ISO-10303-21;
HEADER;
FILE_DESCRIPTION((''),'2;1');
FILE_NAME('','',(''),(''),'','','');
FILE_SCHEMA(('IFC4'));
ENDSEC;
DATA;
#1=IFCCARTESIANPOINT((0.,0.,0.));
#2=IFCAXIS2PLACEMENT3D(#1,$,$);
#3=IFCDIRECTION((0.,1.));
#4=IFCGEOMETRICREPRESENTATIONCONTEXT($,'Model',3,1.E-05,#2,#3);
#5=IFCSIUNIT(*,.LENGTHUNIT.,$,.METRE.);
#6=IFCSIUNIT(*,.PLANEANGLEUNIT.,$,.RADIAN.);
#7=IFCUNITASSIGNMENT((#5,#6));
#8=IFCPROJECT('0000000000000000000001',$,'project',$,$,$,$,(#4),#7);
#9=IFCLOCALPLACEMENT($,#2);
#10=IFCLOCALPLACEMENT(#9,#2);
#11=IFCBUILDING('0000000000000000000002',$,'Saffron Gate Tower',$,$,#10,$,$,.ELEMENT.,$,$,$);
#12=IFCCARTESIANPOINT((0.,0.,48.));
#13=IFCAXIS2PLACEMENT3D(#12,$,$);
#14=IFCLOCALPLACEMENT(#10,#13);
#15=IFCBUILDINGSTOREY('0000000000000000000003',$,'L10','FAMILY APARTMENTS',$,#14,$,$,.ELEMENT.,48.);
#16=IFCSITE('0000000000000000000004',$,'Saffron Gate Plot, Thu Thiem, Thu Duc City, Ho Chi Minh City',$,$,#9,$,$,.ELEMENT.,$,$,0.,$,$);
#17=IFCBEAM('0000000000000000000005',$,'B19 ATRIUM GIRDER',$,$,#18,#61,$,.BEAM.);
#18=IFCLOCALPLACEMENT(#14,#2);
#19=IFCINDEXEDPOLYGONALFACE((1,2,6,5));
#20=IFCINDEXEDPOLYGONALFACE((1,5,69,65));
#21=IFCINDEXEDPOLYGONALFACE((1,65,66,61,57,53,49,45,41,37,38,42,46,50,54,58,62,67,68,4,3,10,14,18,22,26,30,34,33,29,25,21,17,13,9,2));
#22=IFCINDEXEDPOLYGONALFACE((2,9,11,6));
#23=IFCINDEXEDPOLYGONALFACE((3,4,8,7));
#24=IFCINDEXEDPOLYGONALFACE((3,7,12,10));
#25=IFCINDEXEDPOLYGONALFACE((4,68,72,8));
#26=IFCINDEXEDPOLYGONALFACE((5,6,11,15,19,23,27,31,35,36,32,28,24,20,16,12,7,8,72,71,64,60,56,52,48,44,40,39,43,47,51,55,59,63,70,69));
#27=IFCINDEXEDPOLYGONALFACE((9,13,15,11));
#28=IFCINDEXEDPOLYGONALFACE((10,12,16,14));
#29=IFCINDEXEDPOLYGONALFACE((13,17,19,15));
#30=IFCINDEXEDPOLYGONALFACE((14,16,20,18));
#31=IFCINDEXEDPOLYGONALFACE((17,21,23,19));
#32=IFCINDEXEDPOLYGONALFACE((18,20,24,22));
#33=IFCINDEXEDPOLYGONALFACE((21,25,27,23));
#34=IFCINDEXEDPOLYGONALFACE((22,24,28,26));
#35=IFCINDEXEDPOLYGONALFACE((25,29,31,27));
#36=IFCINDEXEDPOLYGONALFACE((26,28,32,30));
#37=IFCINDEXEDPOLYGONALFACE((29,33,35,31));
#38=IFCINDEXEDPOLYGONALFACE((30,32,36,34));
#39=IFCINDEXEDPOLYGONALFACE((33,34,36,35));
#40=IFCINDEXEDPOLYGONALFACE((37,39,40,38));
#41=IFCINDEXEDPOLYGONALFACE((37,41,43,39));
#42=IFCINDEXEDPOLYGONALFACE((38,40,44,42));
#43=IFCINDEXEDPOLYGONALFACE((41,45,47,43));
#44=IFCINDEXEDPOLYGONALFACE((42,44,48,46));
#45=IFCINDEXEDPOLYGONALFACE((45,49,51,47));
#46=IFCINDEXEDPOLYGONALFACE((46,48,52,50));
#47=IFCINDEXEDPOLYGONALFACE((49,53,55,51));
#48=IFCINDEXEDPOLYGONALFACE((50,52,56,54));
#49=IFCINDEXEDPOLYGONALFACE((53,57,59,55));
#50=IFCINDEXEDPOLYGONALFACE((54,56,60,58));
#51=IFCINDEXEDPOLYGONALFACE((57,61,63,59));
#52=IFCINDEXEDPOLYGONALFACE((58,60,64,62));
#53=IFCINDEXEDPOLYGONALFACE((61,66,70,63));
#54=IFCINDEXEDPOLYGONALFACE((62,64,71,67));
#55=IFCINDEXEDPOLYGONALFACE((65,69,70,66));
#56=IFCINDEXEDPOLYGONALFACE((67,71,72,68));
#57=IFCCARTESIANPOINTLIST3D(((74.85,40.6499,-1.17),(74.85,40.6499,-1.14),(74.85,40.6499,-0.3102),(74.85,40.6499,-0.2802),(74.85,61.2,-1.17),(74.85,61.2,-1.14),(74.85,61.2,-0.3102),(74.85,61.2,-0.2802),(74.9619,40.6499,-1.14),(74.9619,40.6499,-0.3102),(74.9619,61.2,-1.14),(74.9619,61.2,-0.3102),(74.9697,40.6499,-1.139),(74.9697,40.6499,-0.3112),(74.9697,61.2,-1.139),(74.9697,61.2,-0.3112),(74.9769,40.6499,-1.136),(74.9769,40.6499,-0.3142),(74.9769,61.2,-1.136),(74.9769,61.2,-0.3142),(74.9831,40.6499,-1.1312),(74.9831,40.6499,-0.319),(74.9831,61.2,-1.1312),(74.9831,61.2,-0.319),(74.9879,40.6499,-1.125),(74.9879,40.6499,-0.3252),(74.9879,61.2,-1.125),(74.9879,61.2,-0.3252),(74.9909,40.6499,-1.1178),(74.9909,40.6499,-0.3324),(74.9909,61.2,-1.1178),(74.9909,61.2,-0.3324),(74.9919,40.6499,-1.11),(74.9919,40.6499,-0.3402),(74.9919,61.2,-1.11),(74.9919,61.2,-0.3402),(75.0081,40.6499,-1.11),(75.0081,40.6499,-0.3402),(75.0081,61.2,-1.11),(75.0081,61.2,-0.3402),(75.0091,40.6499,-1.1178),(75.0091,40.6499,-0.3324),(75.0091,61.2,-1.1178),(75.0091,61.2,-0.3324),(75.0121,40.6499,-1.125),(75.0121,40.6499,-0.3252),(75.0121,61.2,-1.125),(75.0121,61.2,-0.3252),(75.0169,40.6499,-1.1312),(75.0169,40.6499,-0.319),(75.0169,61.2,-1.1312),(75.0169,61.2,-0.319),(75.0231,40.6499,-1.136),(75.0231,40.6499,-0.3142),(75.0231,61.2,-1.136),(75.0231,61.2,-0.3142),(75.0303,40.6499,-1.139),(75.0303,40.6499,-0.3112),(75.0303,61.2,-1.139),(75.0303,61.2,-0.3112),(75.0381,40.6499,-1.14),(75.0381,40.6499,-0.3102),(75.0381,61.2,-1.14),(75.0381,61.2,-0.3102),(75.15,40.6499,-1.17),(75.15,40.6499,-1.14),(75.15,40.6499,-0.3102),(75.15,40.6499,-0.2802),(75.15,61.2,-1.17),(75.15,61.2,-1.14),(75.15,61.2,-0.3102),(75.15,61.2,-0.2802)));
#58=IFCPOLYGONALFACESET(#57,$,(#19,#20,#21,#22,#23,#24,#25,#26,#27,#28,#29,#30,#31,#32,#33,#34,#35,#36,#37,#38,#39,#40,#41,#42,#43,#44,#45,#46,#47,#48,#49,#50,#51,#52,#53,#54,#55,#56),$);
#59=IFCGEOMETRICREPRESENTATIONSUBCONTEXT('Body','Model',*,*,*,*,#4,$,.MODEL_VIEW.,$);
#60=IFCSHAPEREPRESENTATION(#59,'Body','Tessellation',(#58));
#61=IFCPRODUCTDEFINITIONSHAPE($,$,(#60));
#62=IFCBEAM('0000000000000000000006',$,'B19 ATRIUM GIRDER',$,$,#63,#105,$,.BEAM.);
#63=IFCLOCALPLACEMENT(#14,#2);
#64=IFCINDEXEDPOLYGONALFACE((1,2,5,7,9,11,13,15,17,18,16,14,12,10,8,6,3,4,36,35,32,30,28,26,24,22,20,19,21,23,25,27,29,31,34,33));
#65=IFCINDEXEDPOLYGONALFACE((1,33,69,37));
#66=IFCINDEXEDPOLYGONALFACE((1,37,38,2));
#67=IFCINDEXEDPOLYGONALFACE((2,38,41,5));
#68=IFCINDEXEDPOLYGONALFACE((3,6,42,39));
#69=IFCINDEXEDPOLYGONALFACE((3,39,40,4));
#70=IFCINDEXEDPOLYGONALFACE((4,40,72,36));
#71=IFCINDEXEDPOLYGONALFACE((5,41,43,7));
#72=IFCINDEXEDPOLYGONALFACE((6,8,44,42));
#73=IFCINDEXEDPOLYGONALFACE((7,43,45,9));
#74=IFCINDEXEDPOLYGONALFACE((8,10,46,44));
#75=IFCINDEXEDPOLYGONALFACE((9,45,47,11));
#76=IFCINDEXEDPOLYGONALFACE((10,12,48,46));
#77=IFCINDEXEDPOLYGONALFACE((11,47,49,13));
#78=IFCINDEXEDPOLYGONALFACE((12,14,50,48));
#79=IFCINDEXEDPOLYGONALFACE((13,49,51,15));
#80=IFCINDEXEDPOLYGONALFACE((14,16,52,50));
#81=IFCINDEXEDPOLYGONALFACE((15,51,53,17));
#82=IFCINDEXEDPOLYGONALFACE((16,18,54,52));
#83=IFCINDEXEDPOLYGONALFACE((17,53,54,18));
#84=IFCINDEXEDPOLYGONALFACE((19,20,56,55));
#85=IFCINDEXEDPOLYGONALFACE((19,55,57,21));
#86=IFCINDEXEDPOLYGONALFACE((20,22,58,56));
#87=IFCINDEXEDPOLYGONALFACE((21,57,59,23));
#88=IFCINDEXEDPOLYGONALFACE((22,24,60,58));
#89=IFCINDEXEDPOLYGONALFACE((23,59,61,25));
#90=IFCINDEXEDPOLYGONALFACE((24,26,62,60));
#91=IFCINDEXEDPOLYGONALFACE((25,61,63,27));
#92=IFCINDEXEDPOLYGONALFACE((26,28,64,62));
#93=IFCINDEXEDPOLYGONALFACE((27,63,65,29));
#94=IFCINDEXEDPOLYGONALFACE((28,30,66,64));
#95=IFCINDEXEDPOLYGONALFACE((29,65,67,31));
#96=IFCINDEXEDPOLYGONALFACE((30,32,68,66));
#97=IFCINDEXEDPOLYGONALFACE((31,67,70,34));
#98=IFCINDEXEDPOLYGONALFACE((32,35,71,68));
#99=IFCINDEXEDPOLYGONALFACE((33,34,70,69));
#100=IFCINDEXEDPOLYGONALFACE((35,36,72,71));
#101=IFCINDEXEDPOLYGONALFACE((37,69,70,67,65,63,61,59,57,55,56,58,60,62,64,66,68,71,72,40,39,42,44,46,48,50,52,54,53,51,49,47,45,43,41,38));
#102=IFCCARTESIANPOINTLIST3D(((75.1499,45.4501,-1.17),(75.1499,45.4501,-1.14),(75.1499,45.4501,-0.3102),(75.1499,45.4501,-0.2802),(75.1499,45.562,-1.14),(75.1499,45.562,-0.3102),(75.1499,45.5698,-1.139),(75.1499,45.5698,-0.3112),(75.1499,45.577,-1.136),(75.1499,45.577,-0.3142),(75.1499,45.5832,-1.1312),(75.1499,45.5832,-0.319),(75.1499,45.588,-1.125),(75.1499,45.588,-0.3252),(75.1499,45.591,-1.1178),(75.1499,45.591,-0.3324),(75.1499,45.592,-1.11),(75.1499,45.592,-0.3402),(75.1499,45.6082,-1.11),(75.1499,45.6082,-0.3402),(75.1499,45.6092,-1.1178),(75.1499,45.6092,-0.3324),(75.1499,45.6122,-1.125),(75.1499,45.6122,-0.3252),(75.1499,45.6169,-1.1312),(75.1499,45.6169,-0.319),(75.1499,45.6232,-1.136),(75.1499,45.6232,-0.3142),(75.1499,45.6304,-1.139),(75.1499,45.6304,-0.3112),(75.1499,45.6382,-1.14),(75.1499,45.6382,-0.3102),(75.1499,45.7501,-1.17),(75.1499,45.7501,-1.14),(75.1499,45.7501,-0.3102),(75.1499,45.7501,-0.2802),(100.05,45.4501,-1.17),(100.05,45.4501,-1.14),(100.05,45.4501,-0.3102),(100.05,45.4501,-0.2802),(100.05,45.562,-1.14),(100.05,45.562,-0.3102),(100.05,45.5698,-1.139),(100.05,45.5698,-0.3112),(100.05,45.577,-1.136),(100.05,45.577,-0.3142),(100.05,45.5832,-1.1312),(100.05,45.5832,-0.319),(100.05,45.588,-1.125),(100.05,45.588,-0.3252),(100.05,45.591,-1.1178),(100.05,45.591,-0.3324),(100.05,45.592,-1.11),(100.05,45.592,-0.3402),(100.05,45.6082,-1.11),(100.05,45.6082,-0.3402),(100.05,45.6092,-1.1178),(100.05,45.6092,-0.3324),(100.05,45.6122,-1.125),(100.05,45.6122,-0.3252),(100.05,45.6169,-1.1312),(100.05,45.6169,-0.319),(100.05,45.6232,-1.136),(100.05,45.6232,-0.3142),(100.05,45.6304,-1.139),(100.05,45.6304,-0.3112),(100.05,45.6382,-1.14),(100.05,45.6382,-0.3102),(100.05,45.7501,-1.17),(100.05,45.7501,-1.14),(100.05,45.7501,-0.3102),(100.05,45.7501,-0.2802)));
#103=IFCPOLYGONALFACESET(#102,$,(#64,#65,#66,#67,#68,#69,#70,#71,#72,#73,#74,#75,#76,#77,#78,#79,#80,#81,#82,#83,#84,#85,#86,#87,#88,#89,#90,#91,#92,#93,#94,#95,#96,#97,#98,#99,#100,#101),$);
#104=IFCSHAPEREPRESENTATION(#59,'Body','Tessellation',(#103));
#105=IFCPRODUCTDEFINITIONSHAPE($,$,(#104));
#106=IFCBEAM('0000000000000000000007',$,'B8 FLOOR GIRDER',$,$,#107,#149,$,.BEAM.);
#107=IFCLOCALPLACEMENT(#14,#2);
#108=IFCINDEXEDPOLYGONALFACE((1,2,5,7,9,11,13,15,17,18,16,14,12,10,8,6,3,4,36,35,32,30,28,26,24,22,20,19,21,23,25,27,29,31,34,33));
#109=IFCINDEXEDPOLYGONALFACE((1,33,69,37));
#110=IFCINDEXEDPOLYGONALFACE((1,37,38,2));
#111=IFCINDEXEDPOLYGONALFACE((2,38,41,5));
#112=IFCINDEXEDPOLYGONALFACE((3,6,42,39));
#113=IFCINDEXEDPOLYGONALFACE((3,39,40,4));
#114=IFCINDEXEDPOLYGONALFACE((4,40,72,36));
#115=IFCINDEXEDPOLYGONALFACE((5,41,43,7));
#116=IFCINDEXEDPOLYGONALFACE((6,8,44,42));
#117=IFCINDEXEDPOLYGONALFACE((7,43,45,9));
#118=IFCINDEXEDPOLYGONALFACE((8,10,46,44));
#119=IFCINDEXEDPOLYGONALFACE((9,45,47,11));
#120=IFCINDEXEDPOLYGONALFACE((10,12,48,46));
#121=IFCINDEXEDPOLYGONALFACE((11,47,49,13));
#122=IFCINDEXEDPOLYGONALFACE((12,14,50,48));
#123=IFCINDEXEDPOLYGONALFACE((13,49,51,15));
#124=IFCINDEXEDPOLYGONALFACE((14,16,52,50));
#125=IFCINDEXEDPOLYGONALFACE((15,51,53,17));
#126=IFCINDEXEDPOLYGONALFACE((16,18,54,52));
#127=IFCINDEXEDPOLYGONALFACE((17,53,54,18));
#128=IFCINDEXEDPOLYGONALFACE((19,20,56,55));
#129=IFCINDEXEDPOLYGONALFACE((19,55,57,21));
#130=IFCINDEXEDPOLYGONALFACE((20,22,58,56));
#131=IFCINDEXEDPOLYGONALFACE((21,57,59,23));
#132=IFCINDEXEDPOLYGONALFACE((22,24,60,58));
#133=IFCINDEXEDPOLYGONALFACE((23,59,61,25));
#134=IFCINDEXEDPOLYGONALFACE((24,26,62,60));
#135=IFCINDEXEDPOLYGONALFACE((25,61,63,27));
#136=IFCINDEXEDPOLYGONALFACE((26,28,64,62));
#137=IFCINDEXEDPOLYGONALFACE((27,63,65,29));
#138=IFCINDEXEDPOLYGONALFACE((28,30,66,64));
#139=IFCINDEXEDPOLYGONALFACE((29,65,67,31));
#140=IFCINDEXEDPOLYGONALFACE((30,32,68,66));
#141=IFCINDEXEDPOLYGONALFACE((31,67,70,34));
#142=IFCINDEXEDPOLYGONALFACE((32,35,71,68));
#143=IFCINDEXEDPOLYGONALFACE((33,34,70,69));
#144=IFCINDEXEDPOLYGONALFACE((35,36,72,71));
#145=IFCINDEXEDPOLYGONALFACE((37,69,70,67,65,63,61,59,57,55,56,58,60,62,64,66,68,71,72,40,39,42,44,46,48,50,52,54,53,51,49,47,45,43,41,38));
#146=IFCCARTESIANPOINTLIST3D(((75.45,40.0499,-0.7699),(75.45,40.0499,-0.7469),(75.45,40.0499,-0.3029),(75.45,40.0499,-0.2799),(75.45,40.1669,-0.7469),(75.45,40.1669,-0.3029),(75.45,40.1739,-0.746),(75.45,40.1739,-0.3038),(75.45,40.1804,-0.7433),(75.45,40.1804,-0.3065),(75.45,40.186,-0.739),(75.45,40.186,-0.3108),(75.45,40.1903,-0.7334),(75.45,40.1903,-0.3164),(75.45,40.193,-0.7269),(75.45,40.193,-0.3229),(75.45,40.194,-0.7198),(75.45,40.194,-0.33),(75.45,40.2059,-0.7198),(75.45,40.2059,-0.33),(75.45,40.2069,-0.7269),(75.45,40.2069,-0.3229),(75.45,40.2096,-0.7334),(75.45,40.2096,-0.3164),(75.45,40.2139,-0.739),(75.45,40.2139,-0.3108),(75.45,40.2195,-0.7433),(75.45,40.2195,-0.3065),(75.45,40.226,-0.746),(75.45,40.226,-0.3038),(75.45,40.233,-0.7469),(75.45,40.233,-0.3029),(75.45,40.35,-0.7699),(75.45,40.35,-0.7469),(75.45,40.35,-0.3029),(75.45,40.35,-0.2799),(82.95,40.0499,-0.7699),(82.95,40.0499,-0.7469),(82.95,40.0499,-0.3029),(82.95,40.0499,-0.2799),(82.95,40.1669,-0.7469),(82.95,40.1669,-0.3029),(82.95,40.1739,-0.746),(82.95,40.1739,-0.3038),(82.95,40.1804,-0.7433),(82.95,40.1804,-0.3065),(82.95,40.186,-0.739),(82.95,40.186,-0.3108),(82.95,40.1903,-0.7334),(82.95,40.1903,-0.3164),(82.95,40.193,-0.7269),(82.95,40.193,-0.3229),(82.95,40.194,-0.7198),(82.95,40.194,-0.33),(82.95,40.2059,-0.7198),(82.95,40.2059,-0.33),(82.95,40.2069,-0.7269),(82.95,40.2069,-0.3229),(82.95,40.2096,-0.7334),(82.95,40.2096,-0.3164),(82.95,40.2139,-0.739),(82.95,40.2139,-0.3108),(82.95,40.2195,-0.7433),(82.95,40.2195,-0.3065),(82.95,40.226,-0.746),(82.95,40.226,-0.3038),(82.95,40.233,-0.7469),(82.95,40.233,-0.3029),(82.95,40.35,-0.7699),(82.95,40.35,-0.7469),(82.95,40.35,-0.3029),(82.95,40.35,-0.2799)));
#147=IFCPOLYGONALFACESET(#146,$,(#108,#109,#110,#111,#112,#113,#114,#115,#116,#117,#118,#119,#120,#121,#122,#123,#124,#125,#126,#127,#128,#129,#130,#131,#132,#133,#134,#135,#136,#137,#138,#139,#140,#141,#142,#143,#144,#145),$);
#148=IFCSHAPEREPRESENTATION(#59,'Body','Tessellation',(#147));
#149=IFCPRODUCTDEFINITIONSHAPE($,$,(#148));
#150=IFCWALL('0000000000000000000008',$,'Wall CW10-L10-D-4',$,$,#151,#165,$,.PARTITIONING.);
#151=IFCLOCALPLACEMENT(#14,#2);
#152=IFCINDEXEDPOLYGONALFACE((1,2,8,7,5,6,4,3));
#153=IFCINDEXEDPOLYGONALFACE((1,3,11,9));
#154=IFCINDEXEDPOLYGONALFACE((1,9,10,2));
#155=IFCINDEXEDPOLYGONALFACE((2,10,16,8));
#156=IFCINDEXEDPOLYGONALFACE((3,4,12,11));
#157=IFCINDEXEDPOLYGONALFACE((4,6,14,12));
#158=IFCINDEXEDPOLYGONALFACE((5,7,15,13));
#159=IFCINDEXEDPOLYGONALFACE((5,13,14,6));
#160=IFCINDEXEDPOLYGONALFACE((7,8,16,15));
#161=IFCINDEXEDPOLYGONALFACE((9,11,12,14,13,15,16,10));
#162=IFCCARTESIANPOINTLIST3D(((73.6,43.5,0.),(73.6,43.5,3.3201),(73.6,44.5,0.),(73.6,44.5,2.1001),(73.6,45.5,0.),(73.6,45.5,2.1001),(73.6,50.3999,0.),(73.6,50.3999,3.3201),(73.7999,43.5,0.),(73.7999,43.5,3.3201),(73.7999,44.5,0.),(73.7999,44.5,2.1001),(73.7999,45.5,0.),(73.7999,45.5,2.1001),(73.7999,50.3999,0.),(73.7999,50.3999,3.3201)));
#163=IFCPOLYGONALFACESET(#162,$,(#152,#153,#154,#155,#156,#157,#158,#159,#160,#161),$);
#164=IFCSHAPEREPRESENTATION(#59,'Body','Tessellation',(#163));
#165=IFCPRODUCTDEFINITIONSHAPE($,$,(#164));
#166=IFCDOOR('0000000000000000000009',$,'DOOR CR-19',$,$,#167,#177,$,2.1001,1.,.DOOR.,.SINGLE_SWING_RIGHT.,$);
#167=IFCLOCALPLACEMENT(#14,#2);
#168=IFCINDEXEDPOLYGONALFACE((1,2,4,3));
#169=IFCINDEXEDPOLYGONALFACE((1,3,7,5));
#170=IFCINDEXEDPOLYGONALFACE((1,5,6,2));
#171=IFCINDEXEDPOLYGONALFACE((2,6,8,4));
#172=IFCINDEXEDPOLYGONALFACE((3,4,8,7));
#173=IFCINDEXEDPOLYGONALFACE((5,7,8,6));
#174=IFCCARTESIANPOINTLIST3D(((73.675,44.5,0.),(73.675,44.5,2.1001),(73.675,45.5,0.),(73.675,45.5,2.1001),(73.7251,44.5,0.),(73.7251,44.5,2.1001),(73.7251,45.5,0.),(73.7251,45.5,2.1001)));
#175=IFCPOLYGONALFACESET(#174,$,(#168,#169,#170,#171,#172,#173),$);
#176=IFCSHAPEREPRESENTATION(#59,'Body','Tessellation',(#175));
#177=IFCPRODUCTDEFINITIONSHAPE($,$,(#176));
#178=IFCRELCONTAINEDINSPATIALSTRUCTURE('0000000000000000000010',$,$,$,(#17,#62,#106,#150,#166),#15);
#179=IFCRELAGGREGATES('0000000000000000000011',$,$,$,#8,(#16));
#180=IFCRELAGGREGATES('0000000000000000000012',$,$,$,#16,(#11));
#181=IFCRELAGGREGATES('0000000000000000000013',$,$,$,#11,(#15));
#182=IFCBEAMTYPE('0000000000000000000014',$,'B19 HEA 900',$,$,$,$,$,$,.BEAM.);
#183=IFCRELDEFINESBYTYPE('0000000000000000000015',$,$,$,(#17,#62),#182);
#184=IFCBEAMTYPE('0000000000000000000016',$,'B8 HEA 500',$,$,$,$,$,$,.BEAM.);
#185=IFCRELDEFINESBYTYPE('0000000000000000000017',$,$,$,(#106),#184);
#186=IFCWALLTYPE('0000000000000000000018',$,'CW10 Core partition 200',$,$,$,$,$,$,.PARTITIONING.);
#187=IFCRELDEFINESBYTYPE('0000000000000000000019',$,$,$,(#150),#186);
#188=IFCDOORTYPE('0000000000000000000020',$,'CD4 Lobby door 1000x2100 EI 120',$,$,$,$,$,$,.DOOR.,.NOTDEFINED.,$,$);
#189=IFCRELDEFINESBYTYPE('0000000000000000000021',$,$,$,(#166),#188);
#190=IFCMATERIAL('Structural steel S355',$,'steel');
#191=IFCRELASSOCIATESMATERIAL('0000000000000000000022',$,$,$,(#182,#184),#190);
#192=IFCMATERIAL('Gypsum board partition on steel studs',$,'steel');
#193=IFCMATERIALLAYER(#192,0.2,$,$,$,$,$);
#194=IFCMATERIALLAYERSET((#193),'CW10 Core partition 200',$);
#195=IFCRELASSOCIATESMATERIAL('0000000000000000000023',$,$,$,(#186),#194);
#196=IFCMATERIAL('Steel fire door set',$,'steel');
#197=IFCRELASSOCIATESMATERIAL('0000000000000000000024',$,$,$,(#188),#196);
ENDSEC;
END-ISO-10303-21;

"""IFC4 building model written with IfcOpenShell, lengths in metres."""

from ifc_helpers import new_model, si_unit, direction, frame, frame_2d, origin, origin_2d, place, context, subcontext, project, spatial, rectangle, i_section, extrude, material, layer, layer_set, material_profile, profile_set, type_object, element, fill, save


model = new_model("IFC4")

# Units and contexts
model_context = context("Model", 3, precision=1e-05, world=origin(), true_north=direction((0.0, 1.0)))
body_context = subcontext(model_context, "Body", "Model", "MODEL_VIEW")
ifc_project = project(units=[si_unit("LENGTHUNIT", "METRE"), si_unit("PLANEANGLEUNIT", "RADIAN")], contexts=[model_context])

# Site, building, storey
site_placement = place(None, origin())
site = spatial("IfcSite", under=ifc_project, at=site_placement, Name="Saffron Gate Plot, Thu Thiem, Thu Duc City, Ho Chi Minh City", CompositionType="ELEMENT", RefElevation=0.0)
building_placement = place(site_placement, origin())
building = spatial("IfcBuilding", under=site, at=building_placement, Name="Saffron Gate Tower", CompositionType="ELEMENT")
storey_placement = place(building_placement, frame((0.0, 0.0, 48.0)))
storey = spatial("IfcBuildingStorey", under=building, at=storey_placement, Name="L10", Description="FAMILY APARTMENTS", CompositionType="ELEMENT", Elevation=48.0)

# Beams
ifc_material_1 = material(Name="Structural steel S355", Category="steel")
ifc_material_profile_1 = material_profile(ifc_material_1, i_section(OverallWidth=0.3, OverallDepth=0.8899, WebThickness=0.0161, FlangeThickness=0.03, FilletRadius=0.03, at=origin_2d()))
ifc_profile_set_1 = profile_set([ifc_material_profile_1], Name="Structural steel S355")
beam_type_1 = type_object("IfcBeamType", Name="B19 HEA 900", PredefinedType="BEAM", material=ifc_profile_set_1)
beam_1_placement = place(storey_placement, frame((75.0, 40.6499, -0.7251), z_axis=(0.0, 1.0, 0.0), x_axis=(-1.0, 0.0, 0.0)))
element("IfcBeam", 1, at=beam_1_placement, inside=storey, type_object=beam_type_1, Name="B19 ATRIUM GIRDER", PredefinedType="BEAM", context=body_context, shape_type="SweptSolid", body=[
    extrude(i_section(OverallWidth=0.3, OverallDepth=0.8899, WebThickness=0.0161, FlangeThickness=0.03, FilletRadius=0.03, at=origin_2d()), origin(), (0.0, 0.0, 1.0), 20.55),
])
beam_2_placement = place(storey_placement, frame((75.1499, 45.6001, -0.7251), z_axis=(1.0, 0.0, 0.0), x_axis=(0.0, 1.0, 0.0)))
element("IfcBeam", 2, at=beam_2_placement, inside=storey, type_object=beam_type_1, Name="B19 ATRIUM GIRDER", PredefinedType="BEAM", context=body_context, shape_type="SweptSolid", body=[
    extrude(i_section(OverallWidth=0.3, OverallDepth=0.8899, WebThickness=0.0161, FlangeThickness=0.03, FilletRadius=0.03, at=origin_2d()), origin(), (0.0, 0.0, 1.0), 24.9001),
])
ifc_material_profile_2 = material_profile(ifc_material_1, i_section(OverallWidth=0.3, OverallDepth=0.49, WebThickness=0.012, FlangeThickness=0.0229, FilletRadius=0.0271, at=origin_2d()))
ifc_profile_set_2 = profile_set([ifc_material_profile_2], Name="Structural steel S355")
beam_type_2 = type_object("IfcBeamType", Name="B8 HEA 500", PredefinedType="BEAM", material=ifc_profile_set_2)
beam_3_placement = place(storey_placement, frame((75.45, 40.2, -0.5249), z_axis=(1.0, 0.0, 0.0), x_axis=(0.0, 1.0, 0.0)))
element("IfcBeam", 3, at=beam_3_placement, inside=storey, type_object=beam_type_2, Name="B8 FLOOR GIRDER", PredefinedType="BEAM", context=body_context, shape_type="SweptSolid", body=[
    extrude(i_section(OverallWidth=0.3, OverallDepth=0.49, WebThickness=0.012, FlangeThickness=0.0229, FilletRadius=0.0271, at=origin_2d()), origin(), (0.0, 0.0, 1.0), 7.5),
])

# Wall, opening, door
ifc_material_2 = material(Name="Gypsum board partition on steel studs", Category="steel")
ifc_layer_1 = layer(ifc_material_2, 0.2)
ifc_layer_set_1 = layer_set([ifc_layer_1], Name="CW10 Core partition 200")
wall_type_1 = type_object("IfcWallType", Name="CW10 Core partition 200", PredefinedType="PARTITIONING", material=ifc_layer_set_1)
wall_1_placement = place(storey_placement, frame((73.7, 43.5, 0.0), z_axis=(0.0, 0.0, 1.0), x_axis=(0.0, 1.0, 0.0)))
wall_1 = element("IfcWall", 4, at=wall_1_placement, inside=storey, type_object=wall_type_1, Name="Wall CW10-L10-D-4", PredefinedType="PARTITIONING", context=body_context, shape_type="SweptSolid", body=[
    extrude(rectangle(XDim=6.8999, YDim=0.2, at=frame_2d((3.45, 0.0))), origin(), (0.0, 0.0, 1.0), 3.3201),
])
opening_1_placement = place(wall_1_placement, frame((1.0, 0.0, 0.0)))
opening_1 = element("IfcOpeningElement", 5, at=opening_1_placement, cuts=wall_1, PredefinedType="OPENING", context=body_context, shape_type="SweptSolid", body=[
    extrude(rectangle(XDim=1.0, YDim=2.1001, at=frame_2d((0.5, 1.05))), frame((0.0, 0.1099, 0.0), z_axis=(0.0, -1.0, 0.0), x_axis=(1.0, 0.0, 0.0)), (0.0, 0.0, 1.0), 0.22),
])
ifc_material_3 = material(Name="Steel fire door set", Category="steel")
door_type_1 = type_object("IfcDoorType", Name="CD4 Lobby door 1000x2100 EI 120", OperationType="NOTDEFINED", PredefinedType="DOOR", material=ifc_material_3)
door_1_placement = place(opening_1_placement, origin())
door_1 = element("IfcDoor", 6, at=door_1_placement, inside=storey, type_object=door_type_1, Name="DOOR CR-19", OperationType="SINGLE_SWING_RIGHT", OverallHeight=2.1001, OverallWidth=1.0, PredefinedType="DOOR", context=body_context, shape_type="SweptSolid", body=[
    extrude(rectangle(XDim=1.0, YDim=2.1001, at=frame_2d((0.5, 1.05))), frame((0.0, 0.0249, 0.0), z_axis=(0.0, -1.0, 0.0), x_axis=(1.0, 0.0, 0.0)), (0.0, 0.0, 1.0), 0.05),
])
fill(opening_1, door_1)

save(model, "model.ifc")
